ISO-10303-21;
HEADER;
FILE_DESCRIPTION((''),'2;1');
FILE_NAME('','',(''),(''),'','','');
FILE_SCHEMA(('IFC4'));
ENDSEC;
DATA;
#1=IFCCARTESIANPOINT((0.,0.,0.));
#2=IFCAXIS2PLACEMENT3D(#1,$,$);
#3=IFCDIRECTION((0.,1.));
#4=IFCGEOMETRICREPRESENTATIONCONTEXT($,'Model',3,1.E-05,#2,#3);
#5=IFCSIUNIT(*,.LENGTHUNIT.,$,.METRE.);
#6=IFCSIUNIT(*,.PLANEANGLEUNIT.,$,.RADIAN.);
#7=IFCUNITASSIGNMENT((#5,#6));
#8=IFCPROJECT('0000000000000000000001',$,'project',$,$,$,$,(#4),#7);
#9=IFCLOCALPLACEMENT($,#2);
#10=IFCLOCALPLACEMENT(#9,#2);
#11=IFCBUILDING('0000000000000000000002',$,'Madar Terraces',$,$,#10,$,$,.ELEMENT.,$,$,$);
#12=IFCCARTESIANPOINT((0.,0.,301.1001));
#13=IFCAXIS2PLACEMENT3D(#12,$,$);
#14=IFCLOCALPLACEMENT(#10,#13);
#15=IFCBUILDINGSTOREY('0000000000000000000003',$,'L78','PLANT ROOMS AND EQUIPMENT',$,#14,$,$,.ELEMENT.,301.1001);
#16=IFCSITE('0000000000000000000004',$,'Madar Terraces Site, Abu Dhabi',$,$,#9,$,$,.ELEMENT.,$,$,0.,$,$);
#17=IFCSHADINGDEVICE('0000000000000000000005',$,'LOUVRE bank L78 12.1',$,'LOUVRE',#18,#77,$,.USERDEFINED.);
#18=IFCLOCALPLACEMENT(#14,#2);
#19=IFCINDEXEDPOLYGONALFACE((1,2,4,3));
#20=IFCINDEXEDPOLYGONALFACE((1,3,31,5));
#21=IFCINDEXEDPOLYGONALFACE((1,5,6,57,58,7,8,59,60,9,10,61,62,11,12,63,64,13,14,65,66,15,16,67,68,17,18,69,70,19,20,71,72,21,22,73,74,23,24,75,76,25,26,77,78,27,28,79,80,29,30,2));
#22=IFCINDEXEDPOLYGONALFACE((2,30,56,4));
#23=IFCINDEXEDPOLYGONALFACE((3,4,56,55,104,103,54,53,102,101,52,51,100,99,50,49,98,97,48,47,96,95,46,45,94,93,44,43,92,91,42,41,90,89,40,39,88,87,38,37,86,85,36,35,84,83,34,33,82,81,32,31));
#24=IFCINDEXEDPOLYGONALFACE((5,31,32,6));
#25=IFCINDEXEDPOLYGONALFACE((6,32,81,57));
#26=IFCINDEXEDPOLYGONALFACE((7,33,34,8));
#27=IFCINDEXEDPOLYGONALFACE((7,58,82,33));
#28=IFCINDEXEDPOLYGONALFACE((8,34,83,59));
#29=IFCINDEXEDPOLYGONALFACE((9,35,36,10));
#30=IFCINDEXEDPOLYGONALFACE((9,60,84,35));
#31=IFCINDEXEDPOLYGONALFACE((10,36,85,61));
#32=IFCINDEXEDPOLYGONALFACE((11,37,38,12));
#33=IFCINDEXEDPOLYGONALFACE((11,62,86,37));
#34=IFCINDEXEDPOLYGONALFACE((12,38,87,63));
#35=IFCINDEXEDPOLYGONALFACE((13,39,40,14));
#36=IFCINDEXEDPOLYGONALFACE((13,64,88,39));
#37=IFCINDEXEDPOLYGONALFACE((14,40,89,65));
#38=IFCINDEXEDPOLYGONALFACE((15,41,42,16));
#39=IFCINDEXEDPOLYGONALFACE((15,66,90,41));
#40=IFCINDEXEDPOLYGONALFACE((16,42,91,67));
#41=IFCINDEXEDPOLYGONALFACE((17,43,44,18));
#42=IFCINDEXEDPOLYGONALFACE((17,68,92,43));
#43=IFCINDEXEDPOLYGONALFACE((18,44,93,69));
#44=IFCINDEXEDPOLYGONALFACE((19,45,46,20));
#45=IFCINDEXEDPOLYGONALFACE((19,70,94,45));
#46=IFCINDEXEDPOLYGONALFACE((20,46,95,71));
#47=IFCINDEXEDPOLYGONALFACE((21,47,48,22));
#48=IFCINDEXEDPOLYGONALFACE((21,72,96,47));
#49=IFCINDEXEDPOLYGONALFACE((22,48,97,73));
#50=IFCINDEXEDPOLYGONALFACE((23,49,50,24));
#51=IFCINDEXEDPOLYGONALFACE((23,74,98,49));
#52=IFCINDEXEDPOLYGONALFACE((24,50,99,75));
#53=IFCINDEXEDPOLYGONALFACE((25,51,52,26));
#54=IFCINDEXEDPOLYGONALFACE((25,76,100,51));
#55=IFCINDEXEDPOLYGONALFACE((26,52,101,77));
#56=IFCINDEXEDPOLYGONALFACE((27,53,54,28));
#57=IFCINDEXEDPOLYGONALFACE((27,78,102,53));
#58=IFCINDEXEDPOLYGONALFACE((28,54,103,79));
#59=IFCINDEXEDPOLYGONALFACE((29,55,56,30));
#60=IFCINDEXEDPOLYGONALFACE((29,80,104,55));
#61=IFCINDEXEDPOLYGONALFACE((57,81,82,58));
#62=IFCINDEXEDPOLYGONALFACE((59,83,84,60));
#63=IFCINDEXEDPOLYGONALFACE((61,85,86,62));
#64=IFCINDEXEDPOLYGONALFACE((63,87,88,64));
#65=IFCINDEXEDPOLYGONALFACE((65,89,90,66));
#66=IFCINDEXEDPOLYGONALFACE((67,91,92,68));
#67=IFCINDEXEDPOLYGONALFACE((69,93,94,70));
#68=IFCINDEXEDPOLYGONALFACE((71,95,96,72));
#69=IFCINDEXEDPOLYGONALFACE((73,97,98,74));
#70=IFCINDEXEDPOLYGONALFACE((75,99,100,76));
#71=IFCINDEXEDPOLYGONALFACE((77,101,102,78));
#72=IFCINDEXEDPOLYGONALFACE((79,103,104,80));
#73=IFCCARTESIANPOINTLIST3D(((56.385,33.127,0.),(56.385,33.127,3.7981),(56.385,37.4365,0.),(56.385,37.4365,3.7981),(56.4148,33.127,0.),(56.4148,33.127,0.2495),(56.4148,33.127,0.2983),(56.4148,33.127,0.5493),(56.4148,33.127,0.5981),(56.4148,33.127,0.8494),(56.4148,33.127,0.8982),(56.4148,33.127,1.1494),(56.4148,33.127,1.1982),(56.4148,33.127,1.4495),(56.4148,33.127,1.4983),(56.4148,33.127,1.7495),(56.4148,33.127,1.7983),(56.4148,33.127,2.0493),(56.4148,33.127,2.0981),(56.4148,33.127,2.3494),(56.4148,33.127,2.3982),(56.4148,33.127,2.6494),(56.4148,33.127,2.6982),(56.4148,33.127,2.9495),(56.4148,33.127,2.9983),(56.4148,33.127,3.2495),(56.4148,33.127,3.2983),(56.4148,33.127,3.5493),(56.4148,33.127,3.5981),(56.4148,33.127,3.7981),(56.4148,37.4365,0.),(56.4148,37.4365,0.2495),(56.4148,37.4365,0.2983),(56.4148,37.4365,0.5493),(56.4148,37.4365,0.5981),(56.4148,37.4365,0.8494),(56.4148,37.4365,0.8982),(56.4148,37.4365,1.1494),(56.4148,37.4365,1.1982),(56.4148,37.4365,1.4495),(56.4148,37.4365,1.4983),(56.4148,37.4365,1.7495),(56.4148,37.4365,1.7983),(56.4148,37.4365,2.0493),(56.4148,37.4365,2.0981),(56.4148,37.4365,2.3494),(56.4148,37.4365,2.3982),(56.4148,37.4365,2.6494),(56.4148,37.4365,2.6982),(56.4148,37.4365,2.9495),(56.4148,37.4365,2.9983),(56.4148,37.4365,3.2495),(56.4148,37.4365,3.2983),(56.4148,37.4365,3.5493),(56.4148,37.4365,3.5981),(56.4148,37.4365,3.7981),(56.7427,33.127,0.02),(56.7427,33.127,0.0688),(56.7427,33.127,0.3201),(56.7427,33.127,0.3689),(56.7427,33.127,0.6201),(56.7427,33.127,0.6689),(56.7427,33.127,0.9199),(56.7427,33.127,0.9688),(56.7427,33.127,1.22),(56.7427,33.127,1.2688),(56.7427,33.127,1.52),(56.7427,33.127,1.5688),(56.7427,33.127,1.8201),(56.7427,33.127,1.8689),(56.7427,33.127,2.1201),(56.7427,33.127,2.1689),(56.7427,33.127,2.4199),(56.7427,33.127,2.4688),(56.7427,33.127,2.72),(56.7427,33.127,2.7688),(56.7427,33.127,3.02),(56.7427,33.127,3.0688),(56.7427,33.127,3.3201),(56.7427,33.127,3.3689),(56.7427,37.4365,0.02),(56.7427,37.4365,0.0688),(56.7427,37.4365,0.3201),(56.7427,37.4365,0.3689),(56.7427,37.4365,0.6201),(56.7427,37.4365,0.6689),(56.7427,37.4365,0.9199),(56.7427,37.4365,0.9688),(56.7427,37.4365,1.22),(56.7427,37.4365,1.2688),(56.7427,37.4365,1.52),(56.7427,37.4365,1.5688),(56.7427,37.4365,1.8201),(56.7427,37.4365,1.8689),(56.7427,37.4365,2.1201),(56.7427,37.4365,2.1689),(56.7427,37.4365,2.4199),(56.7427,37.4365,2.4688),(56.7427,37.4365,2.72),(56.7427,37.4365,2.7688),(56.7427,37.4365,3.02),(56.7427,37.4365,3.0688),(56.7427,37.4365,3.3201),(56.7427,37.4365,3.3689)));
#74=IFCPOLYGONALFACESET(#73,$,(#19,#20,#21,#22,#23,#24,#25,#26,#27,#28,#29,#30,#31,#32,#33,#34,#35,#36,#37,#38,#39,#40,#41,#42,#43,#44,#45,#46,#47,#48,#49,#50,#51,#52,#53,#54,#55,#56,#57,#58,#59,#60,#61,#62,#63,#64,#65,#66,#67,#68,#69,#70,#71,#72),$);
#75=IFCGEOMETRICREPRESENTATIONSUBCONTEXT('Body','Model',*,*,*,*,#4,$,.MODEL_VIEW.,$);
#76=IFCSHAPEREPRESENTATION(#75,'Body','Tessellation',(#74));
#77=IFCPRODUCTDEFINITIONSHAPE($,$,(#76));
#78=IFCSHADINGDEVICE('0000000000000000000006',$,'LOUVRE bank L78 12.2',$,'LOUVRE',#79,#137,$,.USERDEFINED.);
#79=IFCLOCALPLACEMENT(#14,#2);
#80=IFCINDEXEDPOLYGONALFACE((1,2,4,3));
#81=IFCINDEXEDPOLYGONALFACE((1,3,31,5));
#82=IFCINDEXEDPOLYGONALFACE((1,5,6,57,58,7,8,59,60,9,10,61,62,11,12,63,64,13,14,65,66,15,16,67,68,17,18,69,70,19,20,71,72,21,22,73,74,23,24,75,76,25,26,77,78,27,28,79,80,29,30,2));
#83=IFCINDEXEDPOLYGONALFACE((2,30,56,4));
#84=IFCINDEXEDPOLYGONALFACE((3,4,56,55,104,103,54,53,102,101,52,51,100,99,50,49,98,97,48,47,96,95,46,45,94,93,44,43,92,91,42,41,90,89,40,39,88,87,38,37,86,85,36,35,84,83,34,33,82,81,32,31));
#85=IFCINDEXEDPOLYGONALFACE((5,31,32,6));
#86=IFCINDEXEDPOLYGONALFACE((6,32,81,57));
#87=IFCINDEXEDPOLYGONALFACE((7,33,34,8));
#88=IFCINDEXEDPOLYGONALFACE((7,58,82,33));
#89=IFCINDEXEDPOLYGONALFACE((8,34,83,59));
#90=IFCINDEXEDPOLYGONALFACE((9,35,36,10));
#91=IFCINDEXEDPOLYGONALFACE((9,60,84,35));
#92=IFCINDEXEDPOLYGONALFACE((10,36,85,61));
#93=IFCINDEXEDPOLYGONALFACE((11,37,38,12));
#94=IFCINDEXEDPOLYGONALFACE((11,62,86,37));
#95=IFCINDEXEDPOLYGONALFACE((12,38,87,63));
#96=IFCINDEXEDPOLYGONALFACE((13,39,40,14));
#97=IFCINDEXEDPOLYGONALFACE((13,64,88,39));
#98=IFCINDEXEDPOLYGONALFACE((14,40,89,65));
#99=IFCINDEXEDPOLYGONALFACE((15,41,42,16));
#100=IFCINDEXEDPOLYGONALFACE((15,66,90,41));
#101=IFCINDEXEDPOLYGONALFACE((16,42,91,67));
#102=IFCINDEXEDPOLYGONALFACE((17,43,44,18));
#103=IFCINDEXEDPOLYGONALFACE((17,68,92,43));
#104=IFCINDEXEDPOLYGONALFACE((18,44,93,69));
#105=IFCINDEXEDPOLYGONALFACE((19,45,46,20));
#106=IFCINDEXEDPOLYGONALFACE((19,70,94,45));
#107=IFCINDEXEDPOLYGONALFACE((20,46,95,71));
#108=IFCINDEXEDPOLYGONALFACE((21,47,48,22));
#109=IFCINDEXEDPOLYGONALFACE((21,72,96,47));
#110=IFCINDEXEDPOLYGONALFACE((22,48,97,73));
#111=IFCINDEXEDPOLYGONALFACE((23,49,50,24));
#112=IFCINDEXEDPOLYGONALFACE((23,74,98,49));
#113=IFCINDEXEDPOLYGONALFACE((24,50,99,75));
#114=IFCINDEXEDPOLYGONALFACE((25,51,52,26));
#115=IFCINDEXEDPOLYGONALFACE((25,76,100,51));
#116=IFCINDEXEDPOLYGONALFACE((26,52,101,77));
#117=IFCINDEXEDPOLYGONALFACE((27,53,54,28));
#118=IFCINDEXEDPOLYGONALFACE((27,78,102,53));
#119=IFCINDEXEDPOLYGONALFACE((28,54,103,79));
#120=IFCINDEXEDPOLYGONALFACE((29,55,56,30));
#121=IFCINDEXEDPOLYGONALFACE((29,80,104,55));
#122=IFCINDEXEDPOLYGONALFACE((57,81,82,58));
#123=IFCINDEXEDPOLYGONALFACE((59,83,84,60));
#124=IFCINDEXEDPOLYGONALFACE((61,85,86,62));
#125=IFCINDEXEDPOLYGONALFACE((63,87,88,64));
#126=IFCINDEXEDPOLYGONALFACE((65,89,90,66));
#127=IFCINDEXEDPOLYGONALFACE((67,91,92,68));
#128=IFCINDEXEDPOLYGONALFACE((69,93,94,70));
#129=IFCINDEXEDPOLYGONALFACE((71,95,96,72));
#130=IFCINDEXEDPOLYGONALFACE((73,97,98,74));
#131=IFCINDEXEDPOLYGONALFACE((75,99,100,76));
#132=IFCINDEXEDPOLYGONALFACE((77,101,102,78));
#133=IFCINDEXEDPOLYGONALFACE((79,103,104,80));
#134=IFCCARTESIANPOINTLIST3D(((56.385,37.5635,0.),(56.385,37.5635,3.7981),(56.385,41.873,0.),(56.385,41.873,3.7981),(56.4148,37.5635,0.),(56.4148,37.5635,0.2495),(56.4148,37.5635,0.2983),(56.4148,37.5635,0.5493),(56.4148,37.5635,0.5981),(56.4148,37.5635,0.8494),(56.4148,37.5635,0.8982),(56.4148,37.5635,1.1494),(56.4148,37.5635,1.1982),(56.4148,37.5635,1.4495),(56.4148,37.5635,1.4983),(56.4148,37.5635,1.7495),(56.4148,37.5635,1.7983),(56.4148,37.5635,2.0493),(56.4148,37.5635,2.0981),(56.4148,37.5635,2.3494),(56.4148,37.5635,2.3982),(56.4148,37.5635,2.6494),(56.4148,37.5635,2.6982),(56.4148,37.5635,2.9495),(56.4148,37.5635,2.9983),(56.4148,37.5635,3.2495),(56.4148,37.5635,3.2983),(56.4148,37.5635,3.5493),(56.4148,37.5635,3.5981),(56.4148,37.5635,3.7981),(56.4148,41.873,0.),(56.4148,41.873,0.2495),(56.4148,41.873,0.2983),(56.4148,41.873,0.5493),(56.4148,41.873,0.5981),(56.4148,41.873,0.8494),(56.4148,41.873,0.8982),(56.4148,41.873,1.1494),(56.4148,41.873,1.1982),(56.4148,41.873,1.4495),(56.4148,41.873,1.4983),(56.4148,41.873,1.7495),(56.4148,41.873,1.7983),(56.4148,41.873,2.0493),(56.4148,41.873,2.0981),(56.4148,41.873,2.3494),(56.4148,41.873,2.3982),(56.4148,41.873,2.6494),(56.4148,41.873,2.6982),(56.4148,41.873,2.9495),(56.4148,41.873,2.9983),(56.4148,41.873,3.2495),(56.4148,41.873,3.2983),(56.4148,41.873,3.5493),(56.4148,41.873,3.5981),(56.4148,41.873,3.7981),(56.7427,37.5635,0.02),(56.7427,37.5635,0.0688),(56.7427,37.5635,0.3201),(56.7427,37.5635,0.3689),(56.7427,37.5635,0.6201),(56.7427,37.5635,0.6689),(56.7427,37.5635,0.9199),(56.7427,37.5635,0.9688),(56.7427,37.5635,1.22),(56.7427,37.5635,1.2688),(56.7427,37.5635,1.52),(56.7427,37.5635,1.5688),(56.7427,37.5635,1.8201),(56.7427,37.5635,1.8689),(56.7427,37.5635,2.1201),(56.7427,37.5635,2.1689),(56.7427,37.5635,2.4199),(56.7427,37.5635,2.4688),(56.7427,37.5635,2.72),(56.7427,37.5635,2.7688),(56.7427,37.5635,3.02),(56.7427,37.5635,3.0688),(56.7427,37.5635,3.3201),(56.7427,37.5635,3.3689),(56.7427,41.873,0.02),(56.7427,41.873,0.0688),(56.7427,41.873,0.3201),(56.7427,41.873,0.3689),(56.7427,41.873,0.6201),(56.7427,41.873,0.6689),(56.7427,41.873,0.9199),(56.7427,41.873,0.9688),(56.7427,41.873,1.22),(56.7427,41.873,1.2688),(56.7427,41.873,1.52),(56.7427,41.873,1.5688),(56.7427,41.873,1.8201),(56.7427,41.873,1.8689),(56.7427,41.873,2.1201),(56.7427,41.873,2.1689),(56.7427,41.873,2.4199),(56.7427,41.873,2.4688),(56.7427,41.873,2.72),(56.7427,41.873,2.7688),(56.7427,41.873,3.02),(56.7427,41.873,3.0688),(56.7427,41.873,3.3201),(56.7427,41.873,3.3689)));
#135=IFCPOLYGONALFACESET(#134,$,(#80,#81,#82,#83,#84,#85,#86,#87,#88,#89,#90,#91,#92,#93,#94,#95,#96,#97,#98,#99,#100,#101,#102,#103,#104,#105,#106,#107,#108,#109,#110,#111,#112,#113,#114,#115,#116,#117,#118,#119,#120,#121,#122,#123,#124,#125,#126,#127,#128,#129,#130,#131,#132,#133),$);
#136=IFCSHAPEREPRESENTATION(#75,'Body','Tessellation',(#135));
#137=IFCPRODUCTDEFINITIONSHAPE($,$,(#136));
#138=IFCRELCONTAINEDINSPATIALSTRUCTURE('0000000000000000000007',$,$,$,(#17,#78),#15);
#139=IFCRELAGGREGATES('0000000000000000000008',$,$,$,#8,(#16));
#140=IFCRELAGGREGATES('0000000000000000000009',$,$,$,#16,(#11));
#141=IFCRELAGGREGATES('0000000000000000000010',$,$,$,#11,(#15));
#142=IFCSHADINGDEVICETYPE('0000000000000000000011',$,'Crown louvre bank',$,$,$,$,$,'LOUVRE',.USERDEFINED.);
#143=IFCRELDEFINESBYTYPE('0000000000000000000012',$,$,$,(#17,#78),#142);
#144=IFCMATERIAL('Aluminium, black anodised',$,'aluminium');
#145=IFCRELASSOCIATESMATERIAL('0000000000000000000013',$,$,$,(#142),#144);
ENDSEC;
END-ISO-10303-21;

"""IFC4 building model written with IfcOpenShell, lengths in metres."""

from ifc_helpers import new_model, si_unit, direction, frame, origin, place, context, subcontext, project, spatial, polyline, outline, extrude, material, type_object, element, save


model = new_model("IFC4")

# Units and contexts
model_context = context("Model", 3, precision=1e-05, world=origin(), true_north=direction((0.0, 1.0)))
body_context = subcontext(model_context, "Body", "Model", "MODEL_VIEW")
ifc_project = project(units=[si_unit("LENGTHUNIT", "METRE"), si_unit("PLANEANGLEUNIT", "RADIAN")], contexts=[model_context])

# Site, building, storey
site_placement = place(None, origin())
site = spatial("IfcSite", under=ifc_project, at=site_placement, Name="Madar Terraces Site, Abu Dhabi", CompositionType="ELEMENT", RefElevation=0.0)
building_placement = place(site_placement, origin())
building = spatial("IfcBuilding", under=site, at=building_placement, Name="Madar Terraces", CompositionType="ELEMENT")
storey_placement = place(building_placement, frame((0.0, 0.0, 301.1001)))
storey = spatial("IfcBuildingStorey", under=building, at=storey_placement, Name="L78", Description="PLANT ROOMS AND EQUIPMENT", CompositionType="ELEMENT", Elevation=301.1001)

# Shading devices
ifc_material_1 = material(Name="Aluminium, black anodised", Category="aluminium")
shading_device_type = type_object("IfcShadingDeviceType", Name="Crown louvre bank", ElementType="LOUVRE", PredefinedType="USERDEFINED", material=ifc_material_1)
shading_device_1_placement = place(storey_placement, frame((56.3999, 33.127, 0.0), z_axis=(0.0, 1.0, 0.0), x_axis=(-1.0, 0.0, 0.0)))
element("IfcShadingDevice", 1, at=shading_device_1_placement, inside=storey, type_object=shading_device_type, Name="LOUVRE bank L78 12.1", ObjectType="LOUVRE", PredefinedType="USERDEFINED", context=body_context, shape_type="SweptSolid", body=[
    extrude(outline(polyline([(0.0149, 0.0), (-0.0149, 0.0), (-0.0149, 0.2495), (-0.3428, 0.02), (-0.3428, 0.0688), (-0.0149, 0.2983), (-0.0149, 0.5493), (-0.3428, 0.3201), (-0.3428, 0.3689), (-0.0149, 0.5981), (-0.0149, 0.8494), (-0.3428, 0.6201), (-0.3428, 0.6689), (-0.0149, 0.8982), (-0.0149, 1.1494), (-0.3428, 0.9199), (-0.3428, 0.9688), (-0.0149, 1.1982), (-0.0149, 1.4495), (-0.3428, 1.22), (-0.3428, 1.2688), (-0.0149, 1.4983), (-0.0149, 1.7495), (-0.3428, 1.52), (-0.3428, 1.5688), (-0.0149, 1.7983), (-0.0149, 2.0493), (-0.3428, 1.8201), (-0.3428, 1.8689), (-0.0149, 2.0981), (-0.0149, 2.3494), (-0.3428, 2.1201), (-0.3428, 2.1689), (-0.0149, 2.3982), (-0.0149, 2.6494), (-0.3428, 2.4199), (-0.3428, 2.4688), (-0.0149, 2.6982), (-0.0149, 2.9495), (-0.3428, 2.72), (-0.3428, 2.7688), (-0.0149, 2.9983), (-0.0149, 3.2495), (-0.3428, 3.02), (-0.3428, 3.0688), (-0.0149, 3.2983), (-0.0149, 3.5493), (-0.3428, 3.3201), (-0.3428, 3.3689), (-0.0149, 3.5981), (-0.0149, 3.7981), (0.0149, 3.7981), (0.0149, 0.0)])), origin(), (0.0, 0.0, 1.0), 4.3096),
])
shading_device_2_placement = place(storey_placement, frame((56.3999, 37.5635, 0.0), z_axis=(0.0, 1.0, 0.0), x_axis=(-1.0, 0.0, 0.0)))
element("IfcShadingDevice", 2, at=shading_device_2_placement, inside=storey, type_object=shading_device_type, Name="LOUVRE bank L78 12.2", ObjectType="LOUVRE", PredefinedType="USERDEFINED", context=body_context, shape_type="SweptSolid", body=[
    extrude(outline(polyline([(0.0149, 0.0), (-0.0149, 0.0), (-0.0149, 0.2495), (-0.3428, 0.02), (-0.3428, 0.0688), (-0.0149, 0.2983), (-0.0149, 0.5493), (-0.3428, 0.3201), (-0.3428, 0.3689), (-0.0149, 0.5981), (-0.0149, 0.8494), (-0.3428, 0.6201), (-0.3428, 0.6689), (-0.0149, 0.8982), (-0.0149, 1.1494), (-0.3428, 0.9199), (-0.3428, 0.9688), (-0.0149, 1.1982), (-0.0149, 1.4495), (-0.3428, 1.22), (-0.3428, 1.2688), (-0.0149, 1.4983), (-0.0149, 1.7495), (-0.3428, 1.52), (-0.3428, 1.5688), (-0.0149, 1.7983), (-0.0149, 2.0493), (-0.3428, 1.8201), (-0.3428, 1.8689), (-0.0149, 2.0981), (-0.0149, 2.3494), (-0.3428, 2.1201), (-0.3428, 2.1689), (-0.0149, 2.3982), (-0.0149, 2.6494), (-0.3428, 2.4199), (-0.3428, 2.4688), (-0.0149, 2.6982), (-0.0149, 2.9495), (-0.3428, 2.72), (-0.3428, 2.7688), (-0.0149, 2.9983), (-0.0149, 3.2495), (-0.3428, 3.02), (-0.3428, 3.0688), (-0.0149, 3.2983), (-0.0149, 3.5493), (-0.3428, 3.3201), (-0.3428, 3.3689), (-0.0149, 3.5981), (-0.0149, 3.7981), (0.0149, 3.7981), (0.0149, 0.0)])), origin(), (0.0, 0.0, 1.0), 4.3096),
])

save(model, "model.ifc")
